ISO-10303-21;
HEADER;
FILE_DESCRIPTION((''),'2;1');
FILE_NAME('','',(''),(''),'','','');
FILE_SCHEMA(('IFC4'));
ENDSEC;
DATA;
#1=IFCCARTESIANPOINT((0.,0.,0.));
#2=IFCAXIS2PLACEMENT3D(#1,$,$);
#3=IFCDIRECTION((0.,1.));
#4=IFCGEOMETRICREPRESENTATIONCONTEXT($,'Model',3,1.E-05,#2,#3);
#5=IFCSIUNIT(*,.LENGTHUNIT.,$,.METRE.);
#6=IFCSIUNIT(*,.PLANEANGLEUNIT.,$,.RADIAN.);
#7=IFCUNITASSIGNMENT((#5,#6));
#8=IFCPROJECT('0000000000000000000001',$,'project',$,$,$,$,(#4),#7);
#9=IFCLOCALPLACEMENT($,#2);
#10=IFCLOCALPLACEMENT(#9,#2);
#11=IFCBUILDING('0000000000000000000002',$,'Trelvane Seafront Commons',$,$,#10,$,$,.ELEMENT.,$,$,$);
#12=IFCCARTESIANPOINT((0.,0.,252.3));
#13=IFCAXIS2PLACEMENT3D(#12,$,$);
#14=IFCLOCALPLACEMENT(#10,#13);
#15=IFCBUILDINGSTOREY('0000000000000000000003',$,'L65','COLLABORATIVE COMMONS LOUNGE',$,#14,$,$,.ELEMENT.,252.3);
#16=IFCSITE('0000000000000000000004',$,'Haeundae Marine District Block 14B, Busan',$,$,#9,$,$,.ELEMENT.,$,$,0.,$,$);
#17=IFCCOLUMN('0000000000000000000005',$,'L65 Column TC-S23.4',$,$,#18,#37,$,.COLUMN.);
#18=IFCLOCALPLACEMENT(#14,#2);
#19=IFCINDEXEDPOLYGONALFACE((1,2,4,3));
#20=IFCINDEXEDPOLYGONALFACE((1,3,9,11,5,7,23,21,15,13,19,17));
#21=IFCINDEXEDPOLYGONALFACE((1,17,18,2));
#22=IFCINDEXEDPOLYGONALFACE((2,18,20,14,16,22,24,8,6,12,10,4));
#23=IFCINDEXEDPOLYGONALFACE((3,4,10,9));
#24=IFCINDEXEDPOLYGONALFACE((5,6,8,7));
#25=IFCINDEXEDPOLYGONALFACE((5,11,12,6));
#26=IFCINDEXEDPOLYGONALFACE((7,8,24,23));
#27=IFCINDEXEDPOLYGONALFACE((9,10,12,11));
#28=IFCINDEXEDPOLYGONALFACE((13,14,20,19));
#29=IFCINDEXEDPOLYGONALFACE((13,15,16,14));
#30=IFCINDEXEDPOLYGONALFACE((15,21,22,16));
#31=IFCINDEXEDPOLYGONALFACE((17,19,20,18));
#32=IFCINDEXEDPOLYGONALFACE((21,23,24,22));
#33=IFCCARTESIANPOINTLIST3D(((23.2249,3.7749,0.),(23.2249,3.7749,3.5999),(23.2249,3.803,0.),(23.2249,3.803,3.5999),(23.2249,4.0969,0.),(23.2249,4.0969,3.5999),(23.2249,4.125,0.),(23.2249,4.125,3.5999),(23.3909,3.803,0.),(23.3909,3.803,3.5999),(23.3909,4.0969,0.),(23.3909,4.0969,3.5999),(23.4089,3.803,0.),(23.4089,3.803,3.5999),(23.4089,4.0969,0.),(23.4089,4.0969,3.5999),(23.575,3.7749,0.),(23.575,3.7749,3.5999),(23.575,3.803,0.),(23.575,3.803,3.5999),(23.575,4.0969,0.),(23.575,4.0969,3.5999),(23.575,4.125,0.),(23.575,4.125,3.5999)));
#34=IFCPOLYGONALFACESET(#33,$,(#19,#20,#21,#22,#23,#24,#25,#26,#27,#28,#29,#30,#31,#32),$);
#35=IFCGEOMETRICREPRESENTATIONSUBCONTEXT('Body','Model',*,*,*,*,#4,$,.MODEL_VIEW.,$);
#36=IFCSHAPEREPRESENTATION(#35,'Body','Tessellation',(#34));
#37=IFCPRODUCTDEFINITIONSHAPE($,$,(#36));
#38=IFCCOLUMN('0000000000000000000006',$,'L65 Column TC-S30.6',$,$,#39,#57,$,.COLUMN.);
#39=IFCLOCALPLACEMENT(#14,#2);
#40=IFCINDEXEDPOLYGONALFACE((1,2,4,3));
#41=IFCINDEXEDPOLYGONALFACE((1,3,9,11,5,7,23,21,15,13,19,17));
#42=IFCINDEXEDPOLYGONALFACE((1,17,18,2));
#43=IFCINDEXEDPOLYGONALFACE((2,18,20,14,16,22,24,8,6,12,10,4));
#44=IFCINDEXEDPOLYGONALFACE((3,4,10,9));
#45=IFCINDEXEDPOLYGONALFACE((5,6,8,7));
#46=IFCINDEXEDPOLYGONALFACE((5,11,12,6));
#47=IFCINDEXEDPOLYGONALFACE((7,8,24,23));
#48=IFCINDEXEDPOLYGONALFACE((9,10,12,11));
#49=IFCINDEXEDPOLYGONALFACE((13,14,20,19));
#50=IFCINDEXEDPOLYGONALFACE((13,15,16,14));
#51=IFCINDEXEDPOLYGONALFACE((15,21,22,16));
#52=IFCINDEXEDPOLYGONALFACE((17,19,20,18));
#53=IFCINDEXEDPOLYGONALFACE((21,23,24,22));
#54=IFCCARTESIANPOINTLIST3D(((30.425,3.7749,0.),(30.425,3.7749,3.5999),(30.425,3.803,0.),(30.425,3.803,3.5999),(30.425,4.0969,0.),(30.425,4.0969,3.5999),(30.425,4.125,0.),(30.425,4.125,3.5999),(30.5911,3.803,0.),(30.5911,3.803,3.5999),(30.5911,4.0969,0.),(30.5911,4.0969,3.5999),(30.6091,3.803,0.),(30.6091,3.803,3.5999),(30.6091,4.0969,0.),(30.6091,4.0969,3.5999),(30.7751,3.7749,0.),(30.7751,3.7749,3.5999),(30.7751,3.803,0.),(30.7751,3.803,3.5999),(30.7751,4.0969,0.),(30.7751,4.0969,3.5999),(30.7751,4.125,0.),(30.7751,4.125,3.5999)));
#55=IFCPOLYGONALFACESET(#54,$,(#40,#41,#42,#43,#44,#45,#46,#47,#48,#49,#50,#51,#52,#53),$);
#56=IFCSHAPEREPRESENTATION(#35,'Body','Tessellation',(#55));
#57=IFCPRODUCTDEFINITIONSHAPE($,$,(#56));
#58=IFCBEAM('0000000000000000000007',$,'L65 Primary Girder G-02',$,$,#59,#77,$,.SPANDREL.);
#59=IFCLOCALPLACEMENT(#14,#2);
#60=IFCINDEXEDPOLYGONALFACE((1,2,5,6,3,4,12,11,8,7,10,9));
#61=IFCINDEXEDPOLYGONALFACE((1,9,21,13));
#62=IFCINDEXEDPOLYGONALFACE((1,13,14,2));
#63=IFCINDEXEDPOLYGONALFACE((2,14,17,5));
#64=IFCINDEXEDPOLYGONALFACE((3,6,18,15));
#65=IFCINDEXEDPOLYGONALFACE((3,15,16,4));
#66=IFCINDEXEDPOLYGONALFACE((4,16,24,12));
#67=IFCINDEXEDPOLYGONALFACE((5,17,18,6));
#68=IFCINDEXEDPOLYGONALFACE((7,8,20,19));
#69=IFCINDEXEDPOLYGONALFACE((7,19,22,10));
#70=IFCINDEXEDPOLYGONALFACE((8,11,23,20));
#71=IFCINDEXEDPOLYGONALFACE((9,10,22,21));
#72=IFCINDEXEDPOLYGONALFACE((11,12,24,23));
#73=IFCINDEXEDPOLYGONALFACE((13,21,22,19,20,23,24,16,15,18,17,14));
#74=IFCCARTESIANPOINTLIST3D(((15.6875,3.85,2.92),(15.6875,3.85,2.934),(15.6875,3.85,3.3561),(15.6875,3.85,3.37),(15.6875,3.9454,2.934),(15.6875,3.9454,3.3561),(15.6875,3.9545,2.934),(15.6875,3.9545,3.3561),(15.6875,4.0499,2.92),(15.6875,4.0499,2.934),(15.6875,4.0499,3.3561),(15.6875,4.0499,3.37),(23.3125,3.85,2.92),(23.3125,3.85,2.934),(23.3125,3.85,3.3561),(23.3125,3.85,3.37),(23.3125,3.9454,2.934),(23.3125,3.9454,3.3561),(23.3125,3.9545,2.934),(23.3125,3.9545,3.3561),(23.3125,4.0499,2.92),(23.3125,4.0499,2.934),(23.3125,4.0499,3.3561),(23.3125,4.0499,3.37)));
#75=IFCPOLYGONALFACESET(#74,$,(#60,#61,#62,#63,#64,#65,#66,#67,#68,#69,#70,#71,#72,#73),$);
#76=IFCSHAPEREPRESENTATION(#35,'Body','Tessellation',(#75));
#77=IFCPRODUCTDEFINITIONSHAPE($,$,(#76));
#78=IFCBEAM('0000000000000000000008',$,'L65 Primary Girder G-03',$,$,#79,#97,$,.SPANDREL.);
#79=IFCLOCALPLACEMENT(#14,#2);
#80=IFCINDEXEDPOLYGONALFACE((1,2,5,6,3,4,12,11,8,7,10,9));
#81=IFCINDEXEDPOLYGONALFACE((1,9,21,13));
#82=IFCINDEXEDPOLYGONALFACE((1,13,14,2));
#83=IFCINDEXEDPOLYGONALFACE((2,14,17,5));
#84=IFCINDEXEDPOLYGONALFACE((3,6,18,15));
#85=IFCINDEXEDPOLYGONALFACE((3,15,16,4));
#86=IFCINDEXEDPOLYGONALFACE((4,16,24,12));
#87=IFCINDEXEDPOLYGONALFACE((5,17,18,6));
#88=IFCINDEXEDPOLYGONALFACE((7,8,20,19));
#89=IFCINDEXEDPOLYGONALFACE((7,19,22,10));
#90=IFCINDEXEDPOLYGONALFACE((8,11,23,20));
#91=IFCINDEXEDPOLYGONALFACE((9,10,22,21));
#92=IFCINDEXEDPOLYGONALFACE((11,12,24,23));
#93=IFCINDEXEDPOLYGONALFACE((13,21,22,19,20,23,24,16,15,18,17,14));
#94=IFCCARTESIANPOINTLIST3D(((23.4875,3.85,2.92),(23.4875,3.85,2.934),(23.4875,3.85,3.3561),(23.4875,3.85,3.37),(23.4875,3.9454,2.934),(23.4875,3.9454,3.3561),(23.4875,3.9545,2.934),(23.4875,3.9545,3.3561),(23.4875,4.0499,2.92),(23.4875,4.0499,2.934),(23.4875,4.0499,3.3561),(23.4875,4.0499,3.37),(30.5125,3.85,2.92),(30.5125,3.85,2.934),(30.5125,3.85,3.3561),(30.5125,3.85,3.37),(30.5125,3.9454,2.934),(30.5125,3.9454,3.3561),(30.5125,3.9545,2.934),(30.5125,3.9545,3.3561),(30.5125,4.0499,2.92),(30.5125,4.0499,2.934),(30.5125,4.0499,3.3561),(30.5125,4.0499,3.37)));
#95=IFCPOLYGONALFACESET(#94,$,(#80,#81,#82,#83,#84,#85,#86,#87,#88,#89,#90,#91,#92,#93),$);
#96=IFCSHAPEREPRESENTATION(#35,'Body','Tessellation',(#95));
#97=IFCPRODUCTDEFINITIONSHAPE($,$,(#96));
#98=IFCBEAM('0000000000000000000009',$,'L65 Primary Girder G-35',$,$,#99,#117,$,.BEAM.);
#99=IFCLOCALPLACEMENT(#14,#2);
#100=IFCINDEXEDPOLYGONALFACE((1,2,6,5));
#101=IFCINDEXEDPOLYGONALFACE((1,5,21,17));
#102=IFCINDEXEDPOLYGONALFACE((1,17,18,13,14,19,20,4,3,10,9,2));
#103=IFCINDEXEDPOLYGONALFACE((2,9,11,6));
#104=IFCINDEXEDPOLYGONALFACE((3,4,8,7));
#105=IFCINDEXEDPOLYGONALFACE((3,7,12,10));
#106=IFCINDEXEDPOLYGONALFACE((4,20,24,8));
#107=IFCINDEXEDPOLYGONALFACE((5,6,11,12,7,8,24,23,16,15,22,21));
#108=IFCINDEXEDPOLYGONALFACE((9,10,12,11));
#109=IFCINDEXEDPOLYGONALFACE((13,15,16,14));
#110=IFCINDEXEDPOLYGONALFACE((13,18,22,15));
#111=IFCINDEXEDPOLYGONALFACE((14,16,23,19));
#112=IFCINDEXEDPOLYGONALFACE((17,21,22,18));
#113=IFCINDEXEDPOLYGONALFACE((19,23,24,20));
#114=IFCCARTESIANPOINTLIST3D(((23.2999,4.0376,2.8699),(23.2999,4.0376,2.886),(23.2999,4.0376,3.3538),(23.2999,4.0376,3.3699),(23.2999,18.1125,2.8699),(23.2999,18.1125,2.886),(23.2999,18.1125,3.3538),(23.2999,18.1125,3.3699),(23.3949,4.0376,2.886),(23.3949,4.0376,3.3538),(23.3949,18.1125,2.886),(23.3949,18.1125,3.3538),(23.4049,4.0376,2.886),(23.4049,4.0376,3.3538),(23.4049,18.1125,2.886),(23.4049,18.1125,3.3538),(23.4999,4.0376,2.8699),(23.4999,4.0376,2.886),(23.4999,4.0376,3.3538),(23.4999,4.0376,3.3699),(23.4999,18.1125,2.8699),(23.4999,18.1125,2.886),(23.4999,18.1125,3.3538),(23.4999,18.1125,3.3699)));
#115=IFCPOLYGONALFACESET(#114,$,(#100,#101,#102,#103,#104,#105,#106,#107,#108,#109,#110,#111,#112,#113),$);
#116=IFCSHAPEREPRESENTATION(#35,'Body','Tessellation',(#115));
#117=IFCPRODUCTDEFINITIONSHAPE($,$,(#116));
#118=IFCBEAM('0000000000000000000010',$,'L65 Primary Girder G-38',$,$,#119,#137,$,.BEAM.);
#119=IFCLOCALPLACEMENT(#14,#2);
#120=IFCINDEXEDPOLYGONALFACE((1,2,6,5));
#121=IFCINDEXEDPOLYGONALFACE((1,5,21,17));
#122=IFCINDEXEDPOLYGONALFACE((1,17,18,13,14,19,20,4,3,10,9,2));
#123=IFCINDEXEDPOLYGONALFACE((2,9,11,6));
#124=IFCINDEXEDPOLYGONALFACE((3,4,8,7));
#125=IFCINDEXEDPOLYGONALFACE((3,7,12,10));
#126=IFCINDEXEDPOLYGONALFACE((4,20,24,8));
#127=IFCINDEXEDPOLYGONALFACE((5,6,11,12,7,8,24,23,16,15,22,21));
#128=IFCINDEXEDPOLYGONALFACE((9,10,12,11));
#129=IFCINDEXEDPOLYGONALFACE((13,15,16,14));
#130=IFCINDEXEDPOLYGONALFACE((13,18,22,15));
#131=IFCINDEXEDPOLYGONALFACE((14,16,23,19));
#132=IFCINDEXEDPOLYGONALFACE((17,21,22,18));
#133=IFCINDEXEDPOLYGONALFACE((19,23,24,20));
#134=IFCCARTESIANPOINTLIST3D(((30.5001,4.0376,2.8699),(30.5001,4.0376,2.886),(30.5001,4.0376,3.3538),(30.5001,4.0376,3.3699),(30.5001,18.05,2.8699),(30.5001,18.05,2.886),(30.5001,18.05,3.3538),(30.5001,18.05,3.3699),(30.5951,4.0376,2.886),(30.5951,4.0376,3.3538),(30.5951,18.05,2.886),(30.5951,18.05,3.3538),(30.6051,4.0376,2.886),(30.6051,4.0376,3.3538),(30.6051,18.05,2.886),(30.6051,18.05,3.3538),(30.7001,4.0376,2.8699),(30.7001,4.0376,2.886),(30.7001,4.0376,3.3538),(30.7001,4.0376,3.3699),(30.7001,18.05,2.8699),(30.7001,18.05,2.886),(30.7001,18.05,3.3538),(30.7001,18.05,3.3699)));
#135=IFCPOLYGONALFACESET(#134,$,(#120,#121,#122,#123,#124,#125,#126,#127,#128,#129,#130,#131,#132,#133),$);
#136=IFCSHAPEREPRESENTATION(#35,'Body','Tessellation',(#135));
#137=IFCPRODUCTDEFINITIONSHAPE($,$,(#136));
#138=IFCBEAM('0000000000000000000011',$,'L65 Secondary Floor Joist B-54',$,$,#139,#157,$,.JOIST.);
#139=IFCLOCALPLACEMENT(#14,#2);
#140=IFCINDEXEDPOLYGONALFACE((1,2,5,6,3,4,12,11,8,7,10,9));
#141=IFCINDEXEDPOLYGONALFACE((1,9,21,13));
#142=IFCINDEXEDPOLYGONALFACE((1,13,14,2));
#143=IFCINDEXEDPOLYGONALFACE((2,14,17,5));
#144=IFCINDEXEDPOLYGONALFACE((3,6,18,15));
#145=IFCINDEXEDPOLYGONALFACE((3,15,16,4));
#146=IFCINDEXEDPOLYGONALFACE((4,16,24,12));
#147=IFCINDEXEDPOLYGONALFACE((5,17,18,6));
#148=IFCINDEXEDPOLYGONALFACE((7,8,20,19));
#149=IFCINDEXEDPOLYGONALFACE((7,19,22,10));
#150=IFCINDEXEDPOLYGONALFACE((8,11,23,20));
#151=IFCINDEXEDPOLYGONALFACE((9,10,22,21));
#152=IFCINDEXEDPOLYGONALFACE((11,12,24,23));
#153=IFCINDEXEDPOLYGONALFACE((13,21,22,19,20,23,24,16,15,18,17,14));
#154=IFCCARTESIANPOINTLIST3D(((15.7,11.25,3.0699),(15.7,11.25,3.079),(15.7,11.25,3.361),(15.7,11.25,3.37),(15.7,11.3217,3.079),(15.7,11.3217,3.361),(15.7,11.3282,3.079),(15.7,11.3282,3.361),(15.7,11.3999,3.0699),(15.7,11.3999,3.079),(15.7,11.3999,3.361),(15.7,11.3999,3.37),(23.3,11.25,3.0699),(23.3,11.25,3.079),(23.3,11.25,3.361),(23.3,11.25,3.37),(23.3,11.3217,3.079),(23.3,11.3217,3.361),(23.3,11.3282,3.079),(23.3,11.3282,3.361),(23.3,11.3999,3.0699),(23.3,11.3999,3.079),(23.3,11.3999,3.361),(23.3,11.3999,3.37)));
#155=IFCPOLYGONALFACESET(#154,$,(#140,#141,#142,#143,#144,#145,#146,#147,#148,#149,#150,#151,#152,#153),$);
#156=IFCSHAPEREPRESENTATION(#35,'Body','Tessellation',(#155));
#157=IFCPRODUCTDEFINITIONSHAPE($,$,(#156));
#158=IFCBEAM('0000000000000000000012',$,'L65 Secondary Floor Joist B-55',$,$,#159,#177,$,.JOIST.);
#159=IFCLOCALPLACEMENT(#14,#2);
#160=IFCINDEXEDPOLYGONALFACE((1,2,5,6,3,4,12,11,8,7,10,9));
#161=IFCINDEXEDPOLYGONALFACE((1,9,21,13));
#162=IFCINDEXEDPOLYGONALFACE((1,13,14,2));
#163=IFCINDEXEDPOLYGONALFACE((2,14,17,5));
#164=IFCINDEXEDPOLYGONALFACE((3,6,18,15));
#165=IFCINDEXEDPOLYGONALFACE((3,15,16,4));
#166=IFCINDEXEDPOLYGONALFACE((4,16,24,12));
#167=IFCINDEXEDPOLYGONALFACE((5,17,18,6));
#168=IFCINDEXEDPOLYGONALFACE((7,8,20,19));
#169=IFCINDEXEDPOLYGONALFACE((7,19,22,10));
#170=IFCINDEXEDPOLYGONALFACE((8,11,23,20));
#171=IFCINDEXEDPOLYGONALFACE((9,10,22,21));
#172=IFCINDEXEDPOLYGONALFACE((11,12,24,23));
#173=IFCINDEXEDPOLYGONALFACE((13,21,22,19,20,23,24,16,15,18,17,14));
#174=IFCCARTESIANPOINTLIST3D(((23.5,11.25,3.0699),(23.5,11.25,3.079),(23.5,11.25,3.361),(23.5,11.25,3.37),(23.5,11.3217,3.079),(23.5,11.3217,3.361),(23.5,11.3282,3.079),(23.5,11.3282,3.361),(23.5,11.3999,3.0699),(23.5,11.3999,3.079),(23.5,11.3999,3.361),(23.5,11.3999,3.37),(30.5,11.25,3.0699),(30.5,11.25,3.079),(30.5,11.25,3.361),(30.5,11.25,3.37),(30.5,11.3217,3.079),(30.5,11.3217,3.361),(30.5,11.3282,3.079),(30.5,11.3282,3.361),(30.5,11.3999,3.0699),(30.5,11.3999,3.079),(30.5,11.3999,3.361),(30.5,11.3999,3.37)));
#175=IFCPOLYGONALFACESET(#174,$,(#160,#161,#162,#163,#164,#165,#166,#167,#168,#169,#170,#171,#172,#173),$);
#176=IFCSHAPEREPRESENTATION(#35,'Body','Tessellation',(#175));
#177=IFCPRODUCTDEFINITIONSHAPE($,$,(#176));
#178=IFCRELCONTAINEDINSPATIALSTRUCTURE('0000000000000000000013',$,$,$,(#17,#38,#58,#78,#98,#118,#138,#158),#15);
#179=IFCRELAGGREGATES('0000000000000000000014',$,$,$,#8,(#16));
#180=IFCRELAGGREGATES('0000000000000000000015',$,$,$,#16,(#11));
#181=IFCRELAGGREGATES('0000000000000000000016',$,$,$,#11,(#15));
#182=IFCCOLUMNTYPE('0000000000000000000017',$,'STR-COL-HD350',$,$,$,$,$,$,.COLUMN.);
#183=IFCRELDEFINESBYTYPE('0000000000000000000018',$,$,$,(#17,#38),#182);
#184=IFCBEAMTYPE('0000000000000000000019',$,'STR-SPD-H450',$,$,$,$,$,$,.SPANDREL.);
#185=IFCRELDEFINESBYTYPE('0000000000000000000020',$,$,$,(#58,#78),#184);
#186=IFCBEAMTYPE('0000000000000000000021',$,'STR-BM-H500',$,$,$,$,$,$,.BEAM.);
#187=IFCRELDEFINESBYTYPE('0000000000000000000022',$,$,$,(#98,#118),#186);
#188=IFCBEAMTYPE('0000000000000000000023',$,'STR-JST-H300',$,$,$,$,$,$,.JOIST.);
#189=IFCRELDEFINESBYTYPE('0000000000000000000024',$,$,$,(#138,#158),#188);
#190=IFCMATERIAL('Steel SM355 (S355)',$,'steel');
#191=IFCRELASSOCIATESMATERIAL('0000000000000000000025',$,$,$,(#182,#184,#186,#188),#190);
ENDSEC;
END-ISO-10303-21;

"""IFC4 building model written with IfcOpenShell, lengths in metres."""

from ifc_helpers import new_model, si_unit, direction, frame, origin, origin_2d, place, context, subcontext, project, spatial, i_section, extrude, source, transform, mapped, material, material_profile, profile_set, type_object, element, save


model = new_model("IFC4")

# Units and contexts
model_context = context("Model", 3, precision=1e-05, world=origin(), true_north=direction((0.0, 1.0)))
body_context = subcontext(model_context, "Body", "Model", "MODEL_VIEW")
ifc_project = project(units=[si_unit("LENGTHUNIT", "METRE"), si_unit("PLANEANGLEUNIT", "RADIAN")], contexts=[model_context])

# Site, building, storey
site_placement = place(None, origin())
site = spatial("IfcSite", under=ifc_project, at=site_placement, Name="Haeundae Marine District Block 14B, Busan", CompositionType="ELEMENT", RefElevation=0.0)
building_placement = place(site_placement, origin())
building = spatial("IfcBuilding", under=site, at=building_placement, Name="Trelvane Seafront Commons", CompositionType="ELEMENT")
storey_placement = place(building_placement, frame((0.0, 0.0, 252.3)))
storey = spatial("IfcBuildingStorey", under=building, at=storey_placement, Name="L65", Description="COLLABORATIVE COMMONS LOUNGE", CompositionType="ELEMENT", Elevation=252.3)

# Columns
ifc_material_1 = material(Name="Steel SM355 (S355)", Category="steel")
ifc_material_profile_1 = material_profile(ifc_material_1, i_section(OverallWidth=0.3501, OverallDepth=0.3501, WebThickness=0.0181, FlangeThickness=0.0281, at=origin_2d()), Name="HD-350x350x18x28")
ifc_profile_set_1 = profile_set([ifc_material_profile_1], Name="Steel SM355 (S355)")
column_type = type_object("IfcColumnType", Name="STR-COL-HD350", PredefinedType="COLUMN", material=ifc_profile_set_1)
shared_shape_1 = source(origin(), body_context, "Body", "SweptSolid", [
    extrude(i_section(OverallWidth=0.3501, OverallDepth=0.3501, WebThickness=0.0181, FlangeThickness=0.0281, at=origin_2d()), origin(), (0.0, 0.0, 1.0), 3.5999),
])
for number, where, z_axis, x_axis, name in (
    (1, (23.3999, 3.95, 0.0), (0.0, 0.0, 1.0), (1.0, 0.0, 0.0), "L65 Column TC-S23.4"),
    (2, (30.6001, 3.95, 0.0), (0.0, 0.0, 1.0), (1.0, 0.0, 0.0), "L65 Column TC-S30.6"),
):
    element("IfcColumn", number, at=place(storey_placement, frame(where, z_axis=z_axis, x_axis=x_axis)), inside=storey, type_object=column_type, Name=name, PredefinedType="COLUMN", context=body_context, shape_type="MappedRepresentation", body=[
        mapped(shared_shape_1, transform((0.0, 0.0, 0.0), x_axis=(1.0, 0.0, 0.0), y_axis=(0.0, 1.0, 0.0), z_axis=(0.0, 0.0, 1.0), scale=1.0)),
    ])

# Beams
ifc_material_profile_2 = material_profile(ifc_material_1, i_section(OverallWidth=0.2, OverallDepth=0.45, WebThickness=0.009, FlangeThickness=0.0139, at=origin_2d()), Name="H-450x200x9x14")
ifc_profile_set_2 = profile_set([ifc_material_profile_2], Name="Steel SM355 (S355)")
beam_type_1 = type_object("IfcBeamType", Name="STR-SPD-H450", PredefinedType="SPANDREL", material=ifc_profile_set_2)
shared_shape_2 = source(origin(), body_context, "Body", "SweptSolid", [
    extrude(i_section(OverallWidth=0.2, OverallDepth=0.45, WebThickness=0.009, FlangeThickness=0.0139, at=origin_2d()), origin(), (0.0, 0.0, 1.0), 7.625),
])
beam_1_placement = place(storey_placement, frame((15.6875, 3.95, 3.145), z_axis=(1.0, 0.0, 0.0), x_axis=(0.0, 1.0, 0.0)))
element("IfcBeam", 3, at=beam_1_placement, inside=storey, type_object=beam_type_1, Name="L65 Primary Girder G-02", PredefinedType="SPANDREL", context=body_context, shape_type="MappedRepresentation", body=[
    mapped(shared_shape_2, transform((0.0, 0.0, 0.0), x_axis=(1.0, 0.0, 0.0), y_axis=(0.0, 1.0, 0.0), z_axis=(0.0, 0.0, 1.0), scale=1.0)),
])
shared_shape_3 = source(origin(), body_context, "Body", "SweptSolid", [
    extrude(i_section(OverallWidth=0.2, OverallDepth=0.45, WebThickness=0.009, FlangeThickness=0.0139, at=origin_2d()), origin(), (0.0, 0.0, 1.0), 7.0249),
])
beam_2_placement = place(storey_placement, frame((23.4875, 3.95, 3.145), z_axis=(1.0, 0.0, 0.0), x_axis=(0.0, 1.0, 0.0)))
element("IfcBeam", 4, at=beam_2_placement, inside=storey, type_object=beam_type_1, Name="L65 Primary Girder G-03", PredefinedType="SPANDREL", context=body_context, shape_type="MappedRepresentation", body=[
    mapped(shared_shape_3, transform((0.0, 0.0, 0.0), x_axis=(1.0, 0.0, 0.0), y_axis=(0.0, 1.0, 0.0), z_axis=(0.0, 0.0, 1.0), scale=1.0)),
])
ifc_material_profile_3 = material_profile(ifc_material_1, i_section(OverallWidth=0.2, OverallDepth=0.5, WebThickness=0.01, FlangeThickness=0.0161, at=origin_2d()), Name="H-500x200x10x16")
ifc_profile_set_3 = profile_set([ifc_material_profile_3], Name="Steel SM355 (S355)")
beam_type_2 = type_object("IfcBeamType", Name="STR-BM-H500", PredefinedType="BEAM", material=ifc_profile_set_3)
shared_shape_4 = source(origin(), body_context, "Body", "SweptSolid", [
    extrude(i_section(OverallWidth=0.2, OverallDepth=0.5, WebThickness=0.01, FlangeThickness=0.0161, at=origin_2d()), origin(), (0.0, 0.0, 1.0), 14.075),
])
beam_3_placement = place(storey_placement, frame((23.3999, 4.0376, 3.1199), z_axis=(0.0, 1.0, 0.0), x_axis=(-1.0, 0.0, 0.0)))
element("IfcBeam", 5, at=beam_3_placement, inside=storey, type_object=beam_type_2, Name="L65 Primary Girder G-35", PredefinedType="BEAM", context=body_context, shape_type="MappedRepresentation", body=[
    mapped(shared_shape_4, transform((0.0, 0.0, 0.0), x_axis=(1.0, 0.0, 0.0), y_axis=(0.0, 1.0, 0.0), z_axis=(0.0, 0.0, 1.0), scale=1.0)),
])
shared_shape_5 = source(origin(), body_context, "Body", "SweptSolid", [
    extrude(i_section(OverallWidth=0.2, OverallDepth=0.5, WebThickness=0.01, FlangeThickness=0.0161, at=origin_2d()), origin(), (0.0, 0.0, 1.0), 14.0125),
])
beam_4_placement = place(storey_placement, frame((30.6001, 4.0376, 3.1199), z_axis=(0.0, 1.0, 0.0), x_axis=(-1.0, 0.0, 0.0)))
element("IfcBeam", 6, at=beam_4_placement, inside=storey, type_object=beam_type_2, Name="L65 Primary Girder G-38", PredefinedType="BEAM", context=body_context, shape_type="MappedRepresentation", body=[
    mapped(shared_shape_5, transform((0.0, 0.0, 0.0), x_axis=(1.0, 0.0, 0.0), y_axis=(0.0, 1.0, 0.0), z_axis=(0.0, 0.0, 1.0), scale=1.0)),
])
ifc_material_profile_4 = material_profile(ifc_material_1, i_section(OverallWidth=0.1499, OverallDepth=0.3, WebThickness=0.0066, FlangeThickness=0.009, at=origin_2d()), Name="H-300x150x6.5x9")
ifc_profile_set_4 = profile_set([ifc_material_profile_4], Name="Steel SM355 (S355)")
beam_type_3 = type_object("IfcBeamType", Name="STR-JST-H300", PredefinedType="JOIST", material=ifc_profile_set_4)
shared_shape_6 = source(origin(), body_context, "Body", "SweptSolid", [
    extrude(i_section(OverallWidth=0.1499, OverallDepth=0.3, WebThickness=0.0066, FlangeThickness=0.009, at=origin_2d()), origin(), (0.0, 0.0, 1.0), 7.6001),
])
beam_5_placement = place(storey_placement, frame((15.7, 11.325, 3.22), z_axis=(1.0, 0.0, 0.0), x_axis=(0.0, 1.0, 0.0)))
element("IfcBeam", 7, at=beam_5_placement, inside=storey, type_object=beam_type_3, Name="L65 Secondary Floor Joist B-54", PredefinedType="JOIST", context=body_context, shape_type="MappedRepresentation", body=[
    mapped(shared_shape_6, transform((0.0, 0.0, 0.0), x_axis=(1.0, 0.0, 0.0), y_axis=(0.0, 1.0, 0.0), z_axis=(0.0, 0.0, 1.0), scale=1.0)),
])
shared_shape_7 = source(origin(), body_context, "Body", "SweptSolid", [
    extrude(i_section(OverallWidth=0.1499, OverallDepth=0.3, WebThickness=0.0066, FlangeThickness=0.009, at=origin_2d()), origin(), (0.0, 0.0, 1.0), 7.0),
])
beam_6_placement = place(storey_placement, frame((23.5, 11.325, 3.22), z_axis=(1.0, 0.0, 0.0), x_axis=(0.0, 1.0, 0.0)))
element("IfcBeam", 8, at=beam_6_placement, inside=storey, type_object=beam_type_3, Name="L65 Secondary Floor Joist B-55", PredefinedType="JOIST", context=body_context, shape_type="MappedRepresentation", body=[
    mapped(shared_shape_7, transform((0.0, 0.0, 0.0), x_axis=(1.0, 0.0, 0.0), y_axis=(0.0, 1.0, 0.0), z_axis=(0.0, 0.0, 1.0), scale=1.0)),
])

save(model, "model.ifc")
